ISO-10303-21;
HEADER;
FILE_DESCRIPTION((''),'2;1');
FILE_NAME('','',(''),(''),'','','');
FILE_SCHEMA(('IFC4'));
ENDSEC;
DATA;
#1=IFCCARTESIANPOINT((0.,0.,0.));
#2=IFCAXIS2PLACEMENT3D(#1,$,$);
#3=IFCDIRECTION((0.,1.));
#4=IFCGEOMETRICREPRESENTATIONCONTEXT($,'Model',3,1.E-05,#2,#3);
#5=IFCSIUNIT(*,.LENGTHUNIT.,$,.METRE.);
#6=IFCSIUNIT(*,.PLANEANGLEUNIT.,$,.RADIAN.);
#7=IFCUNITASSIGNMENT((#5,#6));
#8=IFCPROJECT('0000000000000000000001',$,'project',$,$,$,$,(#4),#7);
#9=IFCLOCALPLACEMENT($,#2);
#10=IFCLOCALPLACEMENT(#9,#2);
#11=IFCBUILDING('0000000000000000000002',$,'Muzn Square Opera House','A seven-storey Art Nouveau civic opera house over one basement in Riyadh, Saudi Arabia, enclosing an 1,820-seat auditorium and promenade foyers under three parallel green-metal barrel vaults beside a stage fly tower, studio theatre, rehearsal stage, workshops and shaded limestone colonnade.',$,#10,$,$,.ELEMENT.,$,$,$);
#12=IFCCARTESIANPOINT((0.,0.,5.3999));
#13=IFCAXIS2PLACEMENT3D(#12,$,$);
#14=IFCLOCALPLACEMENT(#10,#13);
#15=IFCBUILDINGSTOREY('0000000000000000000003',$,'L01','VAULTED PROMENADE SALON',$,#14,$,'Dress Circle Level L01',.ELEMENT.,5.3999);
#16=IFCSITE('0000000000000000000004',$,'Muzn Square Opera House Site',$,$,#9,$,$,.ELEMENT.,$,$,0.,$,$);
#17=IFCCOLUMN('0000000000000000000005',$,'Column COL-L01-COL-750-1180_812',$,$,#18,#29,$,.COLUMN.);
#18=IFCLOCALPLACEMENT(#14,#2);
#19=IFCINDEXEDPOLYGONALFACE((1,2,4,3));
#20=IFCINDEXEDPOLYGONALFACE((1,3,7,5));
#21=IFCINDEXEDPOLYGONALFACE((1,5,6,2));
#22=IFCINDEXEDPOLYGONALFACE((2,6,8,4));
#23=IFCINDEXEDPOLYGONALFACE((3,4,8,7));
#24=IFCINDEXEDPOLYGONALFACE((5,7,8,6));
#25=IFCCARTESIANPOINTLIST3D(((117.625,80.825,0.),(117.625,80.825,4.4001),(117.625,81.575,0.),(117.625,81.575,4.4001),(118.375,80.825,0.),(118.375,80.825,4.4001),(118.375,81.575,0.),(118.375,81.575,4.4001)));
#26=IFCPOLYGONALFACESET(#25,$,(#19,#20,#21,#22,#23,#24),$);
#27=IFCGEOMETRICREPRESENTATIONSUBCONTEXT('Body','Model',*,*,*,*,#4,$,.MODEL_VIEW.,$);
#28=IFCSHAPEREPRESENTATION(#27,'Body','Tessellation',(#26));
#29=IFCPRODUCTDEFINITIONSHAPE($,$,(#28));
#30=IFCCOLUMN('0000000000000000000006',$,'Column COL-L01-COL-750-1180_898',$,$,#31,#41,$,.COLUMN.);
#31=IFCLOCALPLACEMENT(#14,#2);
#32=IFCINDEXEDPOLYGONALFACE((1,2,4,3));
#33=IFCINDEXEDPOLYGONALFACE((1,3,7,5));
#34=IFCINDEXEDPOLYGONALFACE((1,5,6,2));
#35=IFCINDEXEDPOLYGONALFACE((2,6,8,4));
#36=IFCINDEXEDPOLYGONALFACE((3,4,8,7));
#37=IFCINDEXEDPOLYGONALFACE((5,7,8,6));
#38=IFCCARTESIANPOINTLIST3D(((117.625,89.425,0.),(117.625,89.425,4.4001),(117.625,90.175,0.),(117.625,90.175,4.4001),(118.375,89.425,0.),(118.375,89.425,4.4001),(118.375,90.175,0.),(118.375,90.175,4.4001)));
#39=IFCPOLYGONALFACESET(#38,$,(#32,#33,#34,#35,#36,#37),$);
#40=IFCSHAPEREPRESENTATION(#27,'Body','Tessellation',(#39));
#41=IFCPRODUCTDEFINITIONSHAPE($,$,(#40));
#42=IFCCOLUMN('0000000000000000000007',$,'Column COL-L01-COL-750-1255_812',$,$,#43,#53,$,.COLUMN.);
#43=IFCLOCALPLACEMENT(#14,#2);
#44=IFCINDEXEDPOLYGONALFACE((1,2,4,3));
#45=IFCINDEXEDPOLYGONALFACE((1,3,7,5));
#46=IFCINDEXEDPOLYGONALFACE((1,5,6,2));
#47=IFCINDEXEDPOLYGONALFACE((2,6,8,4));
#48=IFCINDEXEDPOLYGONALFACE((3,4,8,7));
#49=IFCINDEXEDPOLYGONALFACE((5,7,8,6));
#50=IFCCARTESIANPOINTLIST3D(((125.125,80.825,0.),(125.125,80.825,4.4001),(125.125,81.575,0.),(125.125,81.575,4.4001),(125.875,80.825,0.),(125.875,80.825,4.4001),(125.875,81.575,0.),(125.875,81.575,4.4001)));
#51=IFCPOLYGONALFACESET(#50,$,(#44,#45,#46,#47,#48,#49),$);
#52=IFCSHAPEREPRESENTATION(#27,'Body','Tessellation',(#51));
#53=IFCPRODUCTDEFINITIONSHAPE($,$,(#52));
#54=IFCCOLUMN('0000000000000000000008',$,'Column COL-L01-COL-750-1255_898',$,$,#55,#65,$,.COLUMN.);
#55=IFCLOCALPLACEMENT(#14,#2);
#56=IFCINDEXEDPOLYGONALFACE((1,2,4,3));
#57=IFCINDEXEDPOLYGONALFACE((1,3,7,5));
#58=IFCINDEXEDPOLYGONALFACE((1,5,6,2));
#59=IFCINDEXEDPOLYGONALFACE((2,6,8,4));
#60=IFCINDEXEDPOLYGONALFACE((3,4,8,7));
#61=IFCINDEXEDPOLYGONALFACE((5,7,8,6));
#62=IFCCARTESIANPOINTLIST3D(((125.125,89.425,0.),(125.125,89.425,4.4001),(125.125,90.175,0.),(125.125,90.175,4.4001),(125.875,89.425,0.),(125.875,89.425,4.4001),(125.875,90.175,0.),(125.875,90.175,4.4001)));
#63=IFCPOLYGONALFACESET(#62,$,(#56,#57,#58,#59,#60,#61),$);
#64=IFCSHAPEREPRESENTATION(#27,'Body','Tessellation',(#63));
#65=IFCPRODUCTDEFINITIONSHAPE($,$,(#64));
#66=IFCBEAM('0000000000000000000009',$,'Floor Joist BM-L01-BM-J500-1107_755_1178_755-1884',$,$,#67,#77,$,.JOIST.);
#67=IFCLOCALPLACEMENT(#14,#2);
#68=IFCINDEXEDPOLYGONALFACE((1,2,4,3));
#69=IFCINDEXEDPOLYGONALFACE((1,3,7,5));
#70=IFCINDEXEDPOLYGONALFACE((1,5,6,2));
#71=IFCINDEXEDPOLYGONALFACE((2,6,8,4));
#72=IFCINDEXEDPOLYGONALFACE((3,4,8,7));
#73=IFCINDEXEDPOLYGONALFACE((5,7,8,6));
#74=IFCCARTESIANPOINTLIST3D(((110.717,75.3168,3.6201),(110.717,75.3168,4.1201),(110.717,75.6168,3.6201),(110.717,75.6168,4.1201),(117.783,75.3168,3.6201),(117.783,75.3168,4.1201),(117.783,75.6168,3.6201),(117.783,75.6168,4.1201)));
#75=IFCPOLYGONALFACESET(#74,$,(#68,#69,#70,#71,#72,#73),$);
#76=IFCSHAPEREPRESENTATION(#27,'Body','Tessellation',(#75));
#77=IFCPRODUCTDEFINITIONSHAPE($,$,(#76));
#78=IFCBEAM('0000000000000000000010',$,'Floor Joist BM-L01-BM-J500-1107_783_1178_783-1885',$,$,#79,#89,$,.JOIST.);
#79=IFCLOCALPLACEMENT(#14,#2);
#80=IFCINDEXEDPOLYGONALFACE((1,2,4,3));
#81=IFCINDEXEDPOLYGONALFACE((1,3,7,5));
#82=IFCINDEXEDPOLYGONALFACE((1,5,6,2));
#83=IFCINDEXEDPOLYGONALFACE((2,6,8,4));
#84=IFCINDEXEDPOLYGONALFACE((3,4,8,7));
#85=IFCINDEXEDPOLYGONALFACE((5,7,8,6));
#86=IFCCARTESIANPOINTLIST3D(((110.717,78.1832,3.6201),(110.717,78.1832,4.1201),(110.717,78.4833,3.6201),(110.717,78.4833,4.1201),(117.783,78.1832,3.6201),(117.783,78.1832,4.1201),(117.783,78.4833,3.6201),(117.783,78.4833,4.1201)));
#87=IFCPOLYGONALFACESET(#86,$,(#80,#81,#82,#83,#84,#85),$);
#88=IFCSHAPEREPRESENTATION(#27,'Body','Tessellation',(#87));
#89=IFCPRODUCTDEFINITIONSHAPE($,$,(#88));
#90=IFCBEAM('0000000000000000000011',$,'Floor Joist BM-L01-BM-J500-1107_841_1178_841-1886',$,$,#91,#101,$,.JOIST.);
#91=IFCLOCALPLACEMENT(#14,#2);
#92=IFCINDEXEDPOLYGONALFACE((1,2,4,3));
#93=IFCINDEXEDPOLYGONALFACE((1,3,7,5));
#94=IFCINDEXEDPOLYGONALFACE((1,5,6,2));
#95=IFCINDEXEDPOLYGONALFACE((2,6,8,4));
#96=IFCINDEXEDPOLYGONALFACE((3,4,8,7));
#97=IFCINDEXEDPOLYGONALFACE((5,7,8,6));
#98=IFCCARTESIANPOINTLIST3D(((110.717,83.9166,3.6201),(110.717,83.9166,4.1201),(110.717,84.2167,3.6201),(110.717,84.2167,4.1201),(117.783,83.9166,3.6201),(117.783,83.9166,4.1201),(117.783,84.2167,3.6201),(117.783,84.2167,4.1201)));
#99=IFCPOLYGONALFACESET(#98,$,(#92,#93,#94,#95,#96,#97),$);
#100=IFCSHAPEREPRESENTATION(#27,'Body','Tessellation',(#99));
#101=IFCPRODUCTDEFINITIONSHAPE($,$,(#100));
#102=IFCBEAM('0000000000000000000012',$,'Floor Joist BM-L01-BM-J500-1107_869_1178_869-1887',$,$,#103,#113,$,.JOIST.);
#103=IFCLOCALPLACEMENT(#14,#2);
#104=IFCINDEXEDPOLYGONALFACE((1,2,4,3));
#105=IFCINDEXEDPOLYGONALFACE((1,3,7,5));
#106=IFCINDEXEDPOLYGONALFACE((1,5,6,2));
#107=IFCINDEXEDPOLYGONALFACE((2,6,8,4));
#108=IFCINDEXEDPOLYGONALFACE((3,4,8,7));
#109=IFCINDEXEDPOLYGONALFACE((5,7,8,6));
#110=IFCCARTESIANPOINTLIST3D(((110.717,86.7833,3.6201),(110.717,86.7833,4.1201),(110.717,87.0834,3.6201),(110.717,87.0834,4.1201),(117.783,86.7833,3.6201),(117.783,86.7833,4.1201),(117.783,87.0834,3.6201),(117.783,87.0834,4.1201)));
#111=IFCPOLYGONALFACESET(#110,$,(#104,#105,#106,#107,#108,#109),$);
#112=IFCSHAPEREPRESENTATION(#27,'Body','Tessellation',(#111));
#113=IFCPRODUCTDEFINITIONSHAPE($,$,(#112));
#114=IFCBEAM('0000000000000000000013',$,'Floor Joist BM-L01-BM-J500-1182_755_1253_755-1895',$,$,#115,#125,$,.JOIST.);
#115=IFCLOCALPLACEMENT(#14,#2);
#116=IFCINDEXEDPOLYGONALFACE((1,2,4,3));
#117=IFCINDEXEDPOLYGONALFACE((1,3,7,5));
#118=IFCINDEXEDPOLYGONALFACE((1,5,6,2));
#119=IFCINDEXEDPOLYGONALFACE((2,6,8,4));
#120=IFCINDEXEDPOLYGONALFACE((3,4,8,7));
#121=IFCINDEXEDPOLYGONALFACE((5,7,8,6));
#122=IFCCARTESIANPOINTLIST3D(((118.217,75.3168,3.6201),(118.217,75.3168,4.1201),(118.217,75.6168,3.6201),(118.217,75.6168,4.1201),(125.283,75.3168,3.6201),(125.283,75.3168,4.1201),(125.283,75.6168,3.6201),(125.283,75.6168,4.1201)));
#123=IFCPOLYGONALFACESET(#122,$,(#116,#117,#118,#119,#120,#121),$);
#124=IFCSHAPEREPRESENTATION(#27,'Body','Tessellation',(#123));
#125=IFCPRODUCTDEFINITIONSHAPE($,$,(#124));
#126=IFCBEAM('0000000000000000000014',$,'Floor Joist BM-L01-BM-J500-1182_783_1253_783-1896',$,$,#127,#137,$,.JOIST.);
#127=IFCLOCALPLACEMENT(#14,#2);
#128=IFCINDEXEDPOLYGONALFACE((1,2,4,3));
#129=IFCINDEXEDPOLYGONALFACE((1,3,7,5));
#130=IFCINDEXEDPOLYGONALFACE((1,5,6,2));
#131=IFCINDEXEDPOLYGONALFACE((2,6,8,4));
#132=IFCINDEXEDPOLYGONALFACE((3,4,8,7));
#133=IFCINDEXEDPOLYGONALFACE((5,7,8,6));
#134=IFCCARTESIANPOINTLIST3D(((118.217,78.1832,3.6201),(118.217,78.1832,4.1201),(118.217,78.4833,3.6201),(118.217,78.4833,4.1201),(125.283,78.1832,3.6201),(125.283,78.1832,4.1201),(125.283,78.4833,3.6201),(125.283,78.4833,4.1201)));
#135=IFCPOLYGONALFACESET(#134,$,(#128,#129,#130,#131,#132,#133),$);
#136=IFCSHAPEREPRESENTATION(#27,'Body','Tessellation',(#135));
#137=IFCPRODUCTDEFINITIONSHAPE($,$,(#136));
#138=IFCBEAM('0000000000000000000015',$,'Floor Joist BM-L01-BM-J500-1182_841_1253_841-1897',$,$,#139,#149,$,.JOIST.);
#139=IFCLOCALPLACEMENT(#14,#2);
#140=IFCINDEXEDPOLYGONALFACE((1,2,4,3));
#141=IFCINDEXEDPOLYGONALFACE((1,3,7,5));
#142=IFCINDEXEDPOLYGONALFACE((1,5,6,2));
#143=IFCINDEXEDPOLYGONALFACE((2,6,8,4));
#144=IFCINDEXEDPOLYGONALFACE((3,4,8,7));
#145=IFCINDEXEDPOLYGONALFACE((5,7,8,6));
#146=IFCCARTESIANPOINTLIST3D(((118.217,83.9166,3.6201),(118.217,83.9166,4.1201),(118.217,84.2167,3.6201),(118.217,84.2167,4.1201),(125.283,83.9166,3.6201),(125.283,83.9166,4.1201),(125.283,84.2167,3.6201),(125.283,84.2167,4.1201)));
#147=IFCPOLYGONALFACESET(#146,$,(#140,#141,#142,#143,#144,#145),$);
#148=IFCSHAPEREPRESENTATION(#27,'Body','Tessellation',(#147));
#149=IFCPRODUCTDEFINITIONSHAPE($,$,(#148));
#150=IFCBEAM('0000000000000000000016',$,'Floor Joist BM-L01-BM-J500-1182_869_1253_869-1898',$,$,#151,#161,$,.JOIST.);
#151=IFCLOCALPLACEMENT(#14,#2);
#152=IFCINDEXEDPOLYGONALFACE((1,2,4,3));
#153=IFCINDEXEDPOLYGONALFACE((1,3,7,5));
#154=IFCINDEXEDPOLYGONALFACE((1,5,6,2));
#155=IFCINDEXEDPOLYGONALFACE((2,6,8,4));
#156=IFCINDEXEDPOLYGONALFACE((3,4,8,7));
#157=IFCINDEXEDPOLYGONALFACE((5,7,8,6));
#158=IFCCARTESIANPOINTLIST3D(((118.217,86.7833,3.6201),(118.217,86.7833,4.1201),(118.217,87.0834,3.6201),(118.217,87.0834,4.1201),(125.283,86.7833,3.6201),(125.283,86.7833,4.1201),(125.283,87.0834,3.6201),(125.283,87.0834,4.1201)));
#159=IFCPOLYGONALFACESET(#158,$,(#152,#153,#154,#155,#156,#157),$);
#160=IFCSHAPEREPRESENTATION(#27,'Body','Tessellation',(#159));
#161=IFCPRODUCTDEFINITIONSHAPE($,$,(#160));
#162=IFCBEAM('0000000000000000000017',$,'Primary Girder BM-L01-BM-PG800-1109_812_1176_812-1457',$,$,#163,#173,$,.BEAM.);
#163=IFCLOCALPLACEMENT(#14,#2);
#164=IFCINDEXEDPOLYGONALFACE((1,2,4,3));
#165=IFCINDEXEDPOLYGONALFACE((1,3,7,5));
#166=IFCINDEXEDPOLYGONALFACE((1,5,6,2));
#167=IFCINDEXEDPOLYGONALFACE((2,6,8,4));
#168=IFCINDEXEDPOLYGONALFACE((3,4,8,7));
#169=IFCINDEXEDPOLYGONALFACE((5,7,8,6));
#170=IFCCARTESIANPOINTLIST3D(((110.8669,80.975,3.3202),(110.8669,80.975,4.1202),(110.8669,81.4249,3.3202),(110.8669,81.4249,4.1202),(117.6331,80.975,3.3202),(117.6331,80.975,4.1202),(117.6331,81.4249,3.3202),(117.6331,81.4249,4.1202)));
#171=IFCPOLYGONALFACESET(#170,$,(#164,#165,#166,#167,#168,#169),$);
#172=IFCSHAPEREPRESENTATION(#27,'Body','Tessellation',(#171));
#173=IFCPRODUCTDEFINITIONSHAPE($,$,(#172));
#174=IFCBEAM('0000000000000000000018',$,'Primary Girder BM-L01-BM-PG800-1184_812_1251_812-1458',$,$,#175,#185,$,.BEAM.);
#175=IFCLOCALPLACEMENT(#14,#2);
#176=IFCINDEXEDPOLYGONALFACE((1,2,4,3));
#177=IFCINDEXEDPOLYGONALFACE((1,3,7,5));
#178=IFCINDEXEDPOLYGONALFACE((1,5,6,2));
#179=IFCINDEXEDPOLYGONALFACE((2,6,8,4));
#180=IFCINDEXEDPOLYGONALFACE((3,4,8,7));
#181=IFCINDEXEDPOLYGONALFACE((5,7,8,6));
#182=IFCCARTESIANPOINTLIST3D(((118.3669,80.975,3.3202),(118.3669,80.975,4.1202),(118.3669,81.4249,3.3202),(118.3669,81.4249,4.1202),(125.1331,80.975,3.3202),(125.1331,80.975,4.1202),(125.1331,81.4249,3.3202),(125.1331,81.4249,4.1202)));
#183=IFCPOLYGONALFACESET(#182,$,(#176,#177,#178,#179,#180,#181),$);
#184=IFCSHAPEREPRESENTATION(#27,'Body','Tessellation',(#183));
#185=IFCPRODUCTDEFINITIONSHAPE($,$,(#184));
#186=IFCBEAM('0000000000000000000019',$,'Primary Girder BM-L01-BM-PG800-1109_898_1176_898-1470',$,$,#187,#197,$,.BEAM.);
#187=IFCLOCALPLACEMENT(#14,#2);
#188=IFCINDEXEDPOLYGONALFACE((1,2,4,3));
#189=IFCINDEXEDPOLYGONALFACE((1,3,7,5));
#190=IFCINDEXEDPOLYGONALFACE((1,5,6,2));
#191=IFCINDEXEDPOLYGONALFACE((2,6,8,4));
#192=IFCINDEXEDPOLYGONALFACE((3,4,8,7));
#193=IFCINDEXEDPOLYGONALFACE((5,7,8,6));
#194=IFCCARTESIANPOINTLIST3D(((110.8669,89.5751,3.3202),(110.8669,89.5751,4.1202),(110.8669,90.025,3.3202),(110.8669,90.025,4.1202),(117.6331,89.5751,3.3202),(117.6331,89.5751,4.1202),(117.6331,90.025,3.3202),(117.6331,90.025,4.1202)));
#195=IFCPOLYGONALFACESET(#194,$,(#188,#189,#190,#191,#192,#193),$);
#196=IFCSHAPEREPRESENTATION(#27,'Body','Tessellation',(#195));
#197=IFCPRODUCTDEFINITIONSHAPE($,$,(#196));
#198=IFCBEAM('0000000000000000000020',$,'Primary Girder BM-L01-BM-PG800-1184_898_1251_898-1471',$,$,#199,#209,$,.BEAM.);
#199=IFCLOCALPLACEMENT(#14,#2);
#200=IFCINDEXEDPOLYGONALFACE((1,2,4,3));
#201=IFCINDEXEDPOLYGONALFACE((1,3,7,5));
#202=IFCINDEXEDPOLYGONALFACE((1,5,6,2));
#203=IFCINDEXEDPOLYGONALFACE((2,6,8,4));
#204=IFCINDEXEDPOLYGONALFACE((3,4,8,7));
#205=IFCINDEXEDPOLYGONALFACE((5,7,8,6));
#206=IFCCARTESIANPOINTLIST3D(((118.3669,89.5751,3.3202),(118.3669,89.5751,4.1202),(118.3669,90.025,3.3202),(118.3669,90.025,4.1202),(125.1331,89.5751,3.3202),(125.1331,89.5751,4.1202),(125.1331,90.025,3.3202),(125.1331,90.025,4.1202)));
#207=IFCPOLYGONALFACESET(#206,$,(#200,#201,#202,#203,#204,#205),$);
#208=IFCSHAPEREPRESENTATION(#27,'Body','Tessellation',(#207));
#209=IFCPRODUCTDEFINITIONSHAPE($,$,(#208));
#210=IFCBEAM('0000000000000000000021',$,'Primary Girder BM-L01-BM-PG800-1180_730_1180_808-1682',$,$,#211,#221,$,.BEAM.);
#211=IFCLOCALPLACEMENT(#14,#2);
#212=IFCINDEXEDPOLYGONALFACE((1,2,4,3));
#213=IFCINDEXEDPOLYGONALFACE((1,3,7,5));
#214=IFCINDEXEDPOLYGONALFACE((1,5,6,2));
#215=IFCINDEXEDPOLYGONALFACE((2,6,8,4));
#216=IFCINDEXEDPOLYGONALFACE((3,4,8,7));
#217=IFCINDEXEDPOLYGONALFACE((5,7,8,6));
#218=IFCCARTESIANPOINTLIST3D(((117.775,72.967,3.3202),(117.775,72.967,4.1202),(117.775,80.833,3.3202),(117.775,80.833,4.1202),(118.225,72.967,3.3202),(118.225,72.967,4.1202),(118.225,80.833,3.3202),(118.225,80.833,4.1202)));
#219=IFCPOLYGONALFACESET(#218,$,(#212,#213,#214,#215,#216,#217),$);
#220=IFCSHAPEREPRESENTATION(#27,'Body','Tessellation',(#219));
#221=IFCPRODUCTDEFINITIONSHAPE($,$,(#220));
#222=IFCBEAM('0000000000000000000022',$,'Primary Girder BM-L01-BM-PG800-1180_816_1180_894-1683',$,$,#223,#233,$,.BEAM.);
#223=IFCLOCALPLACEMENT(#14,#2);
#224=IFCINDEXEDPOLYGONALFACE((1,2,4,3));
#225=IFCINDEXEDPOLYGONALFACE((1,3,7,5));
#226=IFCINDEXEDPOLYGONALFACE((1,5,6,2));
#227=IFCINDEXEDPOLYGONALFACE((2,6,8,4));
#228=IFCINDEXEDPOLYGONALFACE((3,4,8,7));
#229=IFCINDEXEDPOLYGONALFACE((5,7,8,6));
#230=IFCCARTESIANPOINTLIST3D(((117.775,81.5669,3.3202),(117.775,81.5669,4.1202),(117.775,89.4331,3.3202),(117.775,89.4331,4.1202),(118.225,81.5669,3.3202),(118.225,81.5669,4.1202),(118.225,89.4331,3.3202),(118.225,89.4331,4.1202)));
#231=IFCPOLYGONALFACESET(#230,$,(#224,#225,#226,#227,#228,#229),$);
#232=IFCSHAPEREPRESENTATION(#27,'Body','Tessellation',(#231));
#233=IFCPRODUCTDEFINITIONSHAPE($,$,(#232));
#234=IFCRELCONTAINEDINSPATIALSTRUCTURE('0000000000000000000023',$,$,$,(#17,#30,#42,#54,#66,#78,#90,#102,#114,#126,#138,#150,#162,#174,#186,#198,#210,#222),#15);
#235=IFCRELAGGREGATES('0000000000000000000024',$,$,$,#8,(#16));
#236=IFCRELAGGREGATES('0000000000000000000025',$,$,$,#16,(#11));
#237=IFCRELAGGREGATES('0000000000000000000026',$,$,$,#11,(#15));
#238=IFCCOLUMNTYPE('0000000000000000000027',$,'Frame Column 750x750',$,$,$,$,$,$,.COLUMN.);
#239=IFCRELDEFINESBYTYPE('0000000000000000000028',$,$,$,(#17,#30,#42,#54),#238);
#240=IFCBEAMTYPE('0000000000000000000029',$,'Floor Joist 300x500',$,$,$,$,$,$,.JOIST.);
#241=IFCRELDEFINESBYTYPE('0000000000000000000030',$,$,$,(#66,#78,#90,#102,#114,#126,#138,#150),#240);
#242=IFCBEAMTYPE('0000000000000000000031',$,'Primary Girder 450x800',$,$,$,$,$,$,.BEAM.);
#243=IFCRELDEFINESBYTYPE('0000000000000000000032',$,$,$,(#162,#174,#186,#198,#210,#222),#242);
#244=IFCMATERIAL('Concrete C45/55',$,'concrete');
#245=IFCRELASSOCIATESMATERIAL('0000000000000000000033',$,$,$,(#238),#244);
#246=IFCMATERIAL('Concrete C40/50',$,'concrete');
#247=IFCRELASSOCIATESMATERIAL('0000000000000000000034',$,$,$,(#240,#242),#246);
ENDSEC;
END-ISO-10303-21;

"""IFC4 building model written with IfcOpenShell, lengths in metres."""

from ifc_helpers import new_model, si_unit, direction, frame, origin, origin_2d, place, context, subcontext, project, spatial, rectangle, extrude, material, material_profile, profile_set, type_object, element, save


model = new_model("IFC4")

# Units and contexts
model_context = context("Model", 3, precision=1e-05, world=origin(), true_north=direction((0.0, 1.0)))
body_context = subcontext(model_context, "Body", "Model", "MODEL_VIEW")
ifc_project = project(units=[si_unit("LENGTHUNIT", "METRE"), si_unit("PLANEANGLEUNIT", "RADIAN")], contexts=[model_context])

# Site, building, storey
site_placement = place(None, origin())
site = spatial("IfcSite", under=ifc_project, at=site_placement, Name="Muzn Square Opera House Site", CompositionType="ELEMENT", RefElevation=0.0)
building_placement = place(site_placement, origin())
building = spatial("IfcBuilding", under=site, at=building_placement, Name="Muzn Square Opera House", Description="A seven-storey Art Nouveau civic opera house over one basement in Riyadh, Saudi Arabia, enclosing an 1,820-seat auditorium and promenade foyers under three parallel green-metal barrel vaults beside a stage fly tower, studio theatre, rehearsal stage, workshops and shaded limestone colonnade.", CompositionType="ELEMENT")
storey_placement = place(building_placement, frame((0.0, 0.0, 5.3999)))
storey = spatial("IfcBuildingStorey", under=building, at=storey_placement, Name="L01", Description="VAULTED PROMENADE SALON", LongName="Dress Circle Level L01", CompositionType="ELEMENT", Elevation=5.3999)

# Columns
ifc_material_1 = material(Name="Concrete C45/55", Category="concrete")
ifc_material_profile_1 = material_profile(ifc_material_1, rectangle(XDim=0.75, YDim=0.75, at=origin_2d()), Name="RC 750x750", Category="concrete")
ifc_profile_set_1 = profile_set([ifc_material_profile_1], Name="Concrete C45/55")
column_type = type_object("IfcColumnType", Name="Frame Column 750x750", PredefinedType="COLUMN", material=ifc_profile_set_1)
for number, where, z_axis, x_axis, name in (
    (1, (118.0, 81.2, 0.0), (0.0, 0.0, 1.0), (1.0, 0.0, 0.0), "Column COL-L01-COL-750-1180_812"),
    (2, (118.0, 89.8, 0.0), (0.0, 0.0, 1.0), (1.0, 0.0, 0.0), "Column COL-L01-COL-750-1180_898"),
    (3, (125.5, 81.2, 0.0), (0.0, 0.0, 1.0), (1.0, 0.0, 0.0), "Column COL-L01-COL-750-1255_812"),
    (4, (125.5, 89.8, 0.0), (0.0, 0.0, 1.0), (1.0, 0.0, 0.0), "Column COL-L01-COL-750-1255_898"),
):
    element("IfcColumn", number, at=place(storey_placement, frame(where, z_axis=z_axis, x_axis=x_axis)), inside=storey, type_object=column_type, Name=name, PredefinedType="COLUMN", context=body_context, shape_type="SweptSolid", body=[
        extrude(rectangle(XDim=0.75, YDim=0.75, at=origin_2d()), origin(), (0.0, 0.0, 1.0), 4.4001),
    ])

# Beams
ifc_material_2 = material(Name="Concrete C40/50", Category="concrete")
ifc_material_profile_2 = material_profile(ifc_material_2, rectangle(XDim=0.3, YDim=0.5, at=origin_2d()), Name="RCJ 300x500", Category="concrete")
ifc_profile_set_2 = profile_set([ifc_material_profile_2], Name="Concrete C40/50")
beam_type_1 = type_object("IfcBeamType", Name="Floor Joist 300x500", PredefinedType="JOIST", material=ifc_profile_set_2)
for number, where, z_axis, x_axis, name in (
    (5, (110.717, 75.4668, 3.8701), (1.0, 0.0, 0.0), (0.0, 1.0, 0.0), "Floor Joist BM-L01-BM-J500-1107_755_1178_755-1884"),
    (6, (110.717, 78.3333, 3.8701), (1.0, 0.0, 0.0), (0.0, 1.0, 0.0), "Floor Joist BM-L01-BM-J500-1107_783_1178_783-1885"),
    (7, (110.717, 84.0667, 3.8701), (1.0, 0.0, 0.0), (0.0, 1.0, 0.0), "Floor Joist BM-L01-BM-J500-1107_841_1178_841-1886"),
    (8, (110.717, 86.9333, 3.8701), (1.0, 0.0, 0.0), (0.0, 1.0, 0.0), "Floor Joist BM-L01-BM-J500-1107_869_1178_869-1887"),
    (9, (118.217, 75.4668, 3.8701), (1.0, 0.0, 0.0), (0.0, 1.0, 0.0), "Floor Joist BM-L01-BM-J500-1182_755_1253_755-1895"),
    (10, (118.217, 78.3333, 3.8701), (1.0, 0.0, 0.0), (0.0, 1.0, 0.0), "Floor Joist BM-L01-BM-J500-1182_783_1253_783-1896"),
    (11, (118.217, 84.0667, 3.8701), (1.0, 0.0, 0.0), (0.0, 1.0, 0.0), "Floor Joist BM-L01-BM-J500-1182_841_1253_841-1897"),
    (12, (118.217, 86.9333, 3.8701), (1.0, 0.0, 0.0), (0.0, 1.0, 0.0), "Floor Joist BM-L01-BM-J500-1182_869_1253_869-1898"),
):
    element("IfcBeam", number, at=place(storey_placement, frame(where, z_axis=z_axis, x_axis=x_axis)), inside=storey, type_object=beam_type_1, Name=name, PredefinedType="JOIST", context=body_context, shape_type="SweptSolid", body=[
        extrude(rectangle(XDim=0.3, YDim=0.5, at=origin_2d()), origin(), (0.0, 0.0, 1.0), 7.0659),
    ])
ifc_material_profile_3 = material_profile(ifc_material_2, rectangle(XDim=0.45, YDim=0.8, at=origin_2d()), Name="RCB 450x800", Category="concrete")
ifc_profile_set_3 = profile_set([ifc_material_profile_3], Name="Concrete C40/50")
beam_type_2 = type_object("IfcBeamType", Name="Primary Girder 450x800", PredefinedType="BEAM", material=ifc_profile_set_3)
for number, where, z_axis, x_axis, name in (
    (13, (110.8669, 81.2, 3.7202), (1.0, 0.0, 0.0), (0.0, 1.0, 0.0), "Primary Girder BM-L01-BM-PG800-1109_812_1176_812-1457"),
    (14, (118.3669, 81.2, 3.7202), (1.0, 0.0, 0.0), (0.0, 1.0, 0.0), "Primary Girder BM-L01-BM-PG800-1184_812_1251_812-1458"),
    (15, (110.8669, 89.8, 3.7202), (1.0, 0.0, 0.0), (0.0, 1.0, 0.0), "Primary Girder BM-L01-BM-PG800-1109_898_1176_898-1470"),
    (16, (118.3669, 89.8, 3.7202), (1.0, 0.0, 0.0), (0.0, 1.0, 0.0), "Primary Girder BM-L01-BM-PG800-1184_898_1251_898-1471"),
):
    element("IfcBeam", number, at=place(storey_placement, frame(where, z_axis=z_axis, x_axis=x_axis)), inside=storey, type_object=beam_type_2, Name=name, PredefinedType="BEAM", context=body_context, shape_type="SweptSolid", body=[
        extrude(rectangle(XDim=0.45, YDim=0.8, at=origin_2d()), origin(), (0.0, 0.0, 1.0), 6.7661),
    ])
beam_1_placement = place(storey_placement, frame((118.0, 72.967, 3.7202), z_axis=(0.0, 1.0, 0.0), x_axis=(-1.0, 0.0, 0.0)))
element("IfcBeam", 17, at=beam_1_placement, inside=storey, type_object=beam_type_2, Name="Primary Girder BM-L01-BM-PG800-1180_730_1180_808-1682", PredefinedType="BEAM", context=body_context, shape_type="SweptSolid", body=[
    extrude(rectangle(XDim=0.45, YDim=0.8, at=origin_2d()), origin(), (0.0, 0.0, 1.0), 7.866),
])
beam_2_placement = place(storey_placement, frame((118.0, 81.5669, 3.7202), z_axis=(0.0, 1.0, 0.0), x_axis=(-1.0, 0.0, 0.0)))
element("IfcBeam", 18, at=beam_2_placement, inside=storey, type_object=beam_type_2, Name="Primary Girder BM-L01-BM-PG800-1180_816_1180_894-1683", PredefinedType="BEAM", context=body_context, shape_type="SweptSolid", body=[
    extrude(rectangle(XDim=0.45, YDim=0.8, at=origin_2d()), origin(), (0.0, 0.0, 1.0), 7.8662),
])

save(model, "model.ifc")
